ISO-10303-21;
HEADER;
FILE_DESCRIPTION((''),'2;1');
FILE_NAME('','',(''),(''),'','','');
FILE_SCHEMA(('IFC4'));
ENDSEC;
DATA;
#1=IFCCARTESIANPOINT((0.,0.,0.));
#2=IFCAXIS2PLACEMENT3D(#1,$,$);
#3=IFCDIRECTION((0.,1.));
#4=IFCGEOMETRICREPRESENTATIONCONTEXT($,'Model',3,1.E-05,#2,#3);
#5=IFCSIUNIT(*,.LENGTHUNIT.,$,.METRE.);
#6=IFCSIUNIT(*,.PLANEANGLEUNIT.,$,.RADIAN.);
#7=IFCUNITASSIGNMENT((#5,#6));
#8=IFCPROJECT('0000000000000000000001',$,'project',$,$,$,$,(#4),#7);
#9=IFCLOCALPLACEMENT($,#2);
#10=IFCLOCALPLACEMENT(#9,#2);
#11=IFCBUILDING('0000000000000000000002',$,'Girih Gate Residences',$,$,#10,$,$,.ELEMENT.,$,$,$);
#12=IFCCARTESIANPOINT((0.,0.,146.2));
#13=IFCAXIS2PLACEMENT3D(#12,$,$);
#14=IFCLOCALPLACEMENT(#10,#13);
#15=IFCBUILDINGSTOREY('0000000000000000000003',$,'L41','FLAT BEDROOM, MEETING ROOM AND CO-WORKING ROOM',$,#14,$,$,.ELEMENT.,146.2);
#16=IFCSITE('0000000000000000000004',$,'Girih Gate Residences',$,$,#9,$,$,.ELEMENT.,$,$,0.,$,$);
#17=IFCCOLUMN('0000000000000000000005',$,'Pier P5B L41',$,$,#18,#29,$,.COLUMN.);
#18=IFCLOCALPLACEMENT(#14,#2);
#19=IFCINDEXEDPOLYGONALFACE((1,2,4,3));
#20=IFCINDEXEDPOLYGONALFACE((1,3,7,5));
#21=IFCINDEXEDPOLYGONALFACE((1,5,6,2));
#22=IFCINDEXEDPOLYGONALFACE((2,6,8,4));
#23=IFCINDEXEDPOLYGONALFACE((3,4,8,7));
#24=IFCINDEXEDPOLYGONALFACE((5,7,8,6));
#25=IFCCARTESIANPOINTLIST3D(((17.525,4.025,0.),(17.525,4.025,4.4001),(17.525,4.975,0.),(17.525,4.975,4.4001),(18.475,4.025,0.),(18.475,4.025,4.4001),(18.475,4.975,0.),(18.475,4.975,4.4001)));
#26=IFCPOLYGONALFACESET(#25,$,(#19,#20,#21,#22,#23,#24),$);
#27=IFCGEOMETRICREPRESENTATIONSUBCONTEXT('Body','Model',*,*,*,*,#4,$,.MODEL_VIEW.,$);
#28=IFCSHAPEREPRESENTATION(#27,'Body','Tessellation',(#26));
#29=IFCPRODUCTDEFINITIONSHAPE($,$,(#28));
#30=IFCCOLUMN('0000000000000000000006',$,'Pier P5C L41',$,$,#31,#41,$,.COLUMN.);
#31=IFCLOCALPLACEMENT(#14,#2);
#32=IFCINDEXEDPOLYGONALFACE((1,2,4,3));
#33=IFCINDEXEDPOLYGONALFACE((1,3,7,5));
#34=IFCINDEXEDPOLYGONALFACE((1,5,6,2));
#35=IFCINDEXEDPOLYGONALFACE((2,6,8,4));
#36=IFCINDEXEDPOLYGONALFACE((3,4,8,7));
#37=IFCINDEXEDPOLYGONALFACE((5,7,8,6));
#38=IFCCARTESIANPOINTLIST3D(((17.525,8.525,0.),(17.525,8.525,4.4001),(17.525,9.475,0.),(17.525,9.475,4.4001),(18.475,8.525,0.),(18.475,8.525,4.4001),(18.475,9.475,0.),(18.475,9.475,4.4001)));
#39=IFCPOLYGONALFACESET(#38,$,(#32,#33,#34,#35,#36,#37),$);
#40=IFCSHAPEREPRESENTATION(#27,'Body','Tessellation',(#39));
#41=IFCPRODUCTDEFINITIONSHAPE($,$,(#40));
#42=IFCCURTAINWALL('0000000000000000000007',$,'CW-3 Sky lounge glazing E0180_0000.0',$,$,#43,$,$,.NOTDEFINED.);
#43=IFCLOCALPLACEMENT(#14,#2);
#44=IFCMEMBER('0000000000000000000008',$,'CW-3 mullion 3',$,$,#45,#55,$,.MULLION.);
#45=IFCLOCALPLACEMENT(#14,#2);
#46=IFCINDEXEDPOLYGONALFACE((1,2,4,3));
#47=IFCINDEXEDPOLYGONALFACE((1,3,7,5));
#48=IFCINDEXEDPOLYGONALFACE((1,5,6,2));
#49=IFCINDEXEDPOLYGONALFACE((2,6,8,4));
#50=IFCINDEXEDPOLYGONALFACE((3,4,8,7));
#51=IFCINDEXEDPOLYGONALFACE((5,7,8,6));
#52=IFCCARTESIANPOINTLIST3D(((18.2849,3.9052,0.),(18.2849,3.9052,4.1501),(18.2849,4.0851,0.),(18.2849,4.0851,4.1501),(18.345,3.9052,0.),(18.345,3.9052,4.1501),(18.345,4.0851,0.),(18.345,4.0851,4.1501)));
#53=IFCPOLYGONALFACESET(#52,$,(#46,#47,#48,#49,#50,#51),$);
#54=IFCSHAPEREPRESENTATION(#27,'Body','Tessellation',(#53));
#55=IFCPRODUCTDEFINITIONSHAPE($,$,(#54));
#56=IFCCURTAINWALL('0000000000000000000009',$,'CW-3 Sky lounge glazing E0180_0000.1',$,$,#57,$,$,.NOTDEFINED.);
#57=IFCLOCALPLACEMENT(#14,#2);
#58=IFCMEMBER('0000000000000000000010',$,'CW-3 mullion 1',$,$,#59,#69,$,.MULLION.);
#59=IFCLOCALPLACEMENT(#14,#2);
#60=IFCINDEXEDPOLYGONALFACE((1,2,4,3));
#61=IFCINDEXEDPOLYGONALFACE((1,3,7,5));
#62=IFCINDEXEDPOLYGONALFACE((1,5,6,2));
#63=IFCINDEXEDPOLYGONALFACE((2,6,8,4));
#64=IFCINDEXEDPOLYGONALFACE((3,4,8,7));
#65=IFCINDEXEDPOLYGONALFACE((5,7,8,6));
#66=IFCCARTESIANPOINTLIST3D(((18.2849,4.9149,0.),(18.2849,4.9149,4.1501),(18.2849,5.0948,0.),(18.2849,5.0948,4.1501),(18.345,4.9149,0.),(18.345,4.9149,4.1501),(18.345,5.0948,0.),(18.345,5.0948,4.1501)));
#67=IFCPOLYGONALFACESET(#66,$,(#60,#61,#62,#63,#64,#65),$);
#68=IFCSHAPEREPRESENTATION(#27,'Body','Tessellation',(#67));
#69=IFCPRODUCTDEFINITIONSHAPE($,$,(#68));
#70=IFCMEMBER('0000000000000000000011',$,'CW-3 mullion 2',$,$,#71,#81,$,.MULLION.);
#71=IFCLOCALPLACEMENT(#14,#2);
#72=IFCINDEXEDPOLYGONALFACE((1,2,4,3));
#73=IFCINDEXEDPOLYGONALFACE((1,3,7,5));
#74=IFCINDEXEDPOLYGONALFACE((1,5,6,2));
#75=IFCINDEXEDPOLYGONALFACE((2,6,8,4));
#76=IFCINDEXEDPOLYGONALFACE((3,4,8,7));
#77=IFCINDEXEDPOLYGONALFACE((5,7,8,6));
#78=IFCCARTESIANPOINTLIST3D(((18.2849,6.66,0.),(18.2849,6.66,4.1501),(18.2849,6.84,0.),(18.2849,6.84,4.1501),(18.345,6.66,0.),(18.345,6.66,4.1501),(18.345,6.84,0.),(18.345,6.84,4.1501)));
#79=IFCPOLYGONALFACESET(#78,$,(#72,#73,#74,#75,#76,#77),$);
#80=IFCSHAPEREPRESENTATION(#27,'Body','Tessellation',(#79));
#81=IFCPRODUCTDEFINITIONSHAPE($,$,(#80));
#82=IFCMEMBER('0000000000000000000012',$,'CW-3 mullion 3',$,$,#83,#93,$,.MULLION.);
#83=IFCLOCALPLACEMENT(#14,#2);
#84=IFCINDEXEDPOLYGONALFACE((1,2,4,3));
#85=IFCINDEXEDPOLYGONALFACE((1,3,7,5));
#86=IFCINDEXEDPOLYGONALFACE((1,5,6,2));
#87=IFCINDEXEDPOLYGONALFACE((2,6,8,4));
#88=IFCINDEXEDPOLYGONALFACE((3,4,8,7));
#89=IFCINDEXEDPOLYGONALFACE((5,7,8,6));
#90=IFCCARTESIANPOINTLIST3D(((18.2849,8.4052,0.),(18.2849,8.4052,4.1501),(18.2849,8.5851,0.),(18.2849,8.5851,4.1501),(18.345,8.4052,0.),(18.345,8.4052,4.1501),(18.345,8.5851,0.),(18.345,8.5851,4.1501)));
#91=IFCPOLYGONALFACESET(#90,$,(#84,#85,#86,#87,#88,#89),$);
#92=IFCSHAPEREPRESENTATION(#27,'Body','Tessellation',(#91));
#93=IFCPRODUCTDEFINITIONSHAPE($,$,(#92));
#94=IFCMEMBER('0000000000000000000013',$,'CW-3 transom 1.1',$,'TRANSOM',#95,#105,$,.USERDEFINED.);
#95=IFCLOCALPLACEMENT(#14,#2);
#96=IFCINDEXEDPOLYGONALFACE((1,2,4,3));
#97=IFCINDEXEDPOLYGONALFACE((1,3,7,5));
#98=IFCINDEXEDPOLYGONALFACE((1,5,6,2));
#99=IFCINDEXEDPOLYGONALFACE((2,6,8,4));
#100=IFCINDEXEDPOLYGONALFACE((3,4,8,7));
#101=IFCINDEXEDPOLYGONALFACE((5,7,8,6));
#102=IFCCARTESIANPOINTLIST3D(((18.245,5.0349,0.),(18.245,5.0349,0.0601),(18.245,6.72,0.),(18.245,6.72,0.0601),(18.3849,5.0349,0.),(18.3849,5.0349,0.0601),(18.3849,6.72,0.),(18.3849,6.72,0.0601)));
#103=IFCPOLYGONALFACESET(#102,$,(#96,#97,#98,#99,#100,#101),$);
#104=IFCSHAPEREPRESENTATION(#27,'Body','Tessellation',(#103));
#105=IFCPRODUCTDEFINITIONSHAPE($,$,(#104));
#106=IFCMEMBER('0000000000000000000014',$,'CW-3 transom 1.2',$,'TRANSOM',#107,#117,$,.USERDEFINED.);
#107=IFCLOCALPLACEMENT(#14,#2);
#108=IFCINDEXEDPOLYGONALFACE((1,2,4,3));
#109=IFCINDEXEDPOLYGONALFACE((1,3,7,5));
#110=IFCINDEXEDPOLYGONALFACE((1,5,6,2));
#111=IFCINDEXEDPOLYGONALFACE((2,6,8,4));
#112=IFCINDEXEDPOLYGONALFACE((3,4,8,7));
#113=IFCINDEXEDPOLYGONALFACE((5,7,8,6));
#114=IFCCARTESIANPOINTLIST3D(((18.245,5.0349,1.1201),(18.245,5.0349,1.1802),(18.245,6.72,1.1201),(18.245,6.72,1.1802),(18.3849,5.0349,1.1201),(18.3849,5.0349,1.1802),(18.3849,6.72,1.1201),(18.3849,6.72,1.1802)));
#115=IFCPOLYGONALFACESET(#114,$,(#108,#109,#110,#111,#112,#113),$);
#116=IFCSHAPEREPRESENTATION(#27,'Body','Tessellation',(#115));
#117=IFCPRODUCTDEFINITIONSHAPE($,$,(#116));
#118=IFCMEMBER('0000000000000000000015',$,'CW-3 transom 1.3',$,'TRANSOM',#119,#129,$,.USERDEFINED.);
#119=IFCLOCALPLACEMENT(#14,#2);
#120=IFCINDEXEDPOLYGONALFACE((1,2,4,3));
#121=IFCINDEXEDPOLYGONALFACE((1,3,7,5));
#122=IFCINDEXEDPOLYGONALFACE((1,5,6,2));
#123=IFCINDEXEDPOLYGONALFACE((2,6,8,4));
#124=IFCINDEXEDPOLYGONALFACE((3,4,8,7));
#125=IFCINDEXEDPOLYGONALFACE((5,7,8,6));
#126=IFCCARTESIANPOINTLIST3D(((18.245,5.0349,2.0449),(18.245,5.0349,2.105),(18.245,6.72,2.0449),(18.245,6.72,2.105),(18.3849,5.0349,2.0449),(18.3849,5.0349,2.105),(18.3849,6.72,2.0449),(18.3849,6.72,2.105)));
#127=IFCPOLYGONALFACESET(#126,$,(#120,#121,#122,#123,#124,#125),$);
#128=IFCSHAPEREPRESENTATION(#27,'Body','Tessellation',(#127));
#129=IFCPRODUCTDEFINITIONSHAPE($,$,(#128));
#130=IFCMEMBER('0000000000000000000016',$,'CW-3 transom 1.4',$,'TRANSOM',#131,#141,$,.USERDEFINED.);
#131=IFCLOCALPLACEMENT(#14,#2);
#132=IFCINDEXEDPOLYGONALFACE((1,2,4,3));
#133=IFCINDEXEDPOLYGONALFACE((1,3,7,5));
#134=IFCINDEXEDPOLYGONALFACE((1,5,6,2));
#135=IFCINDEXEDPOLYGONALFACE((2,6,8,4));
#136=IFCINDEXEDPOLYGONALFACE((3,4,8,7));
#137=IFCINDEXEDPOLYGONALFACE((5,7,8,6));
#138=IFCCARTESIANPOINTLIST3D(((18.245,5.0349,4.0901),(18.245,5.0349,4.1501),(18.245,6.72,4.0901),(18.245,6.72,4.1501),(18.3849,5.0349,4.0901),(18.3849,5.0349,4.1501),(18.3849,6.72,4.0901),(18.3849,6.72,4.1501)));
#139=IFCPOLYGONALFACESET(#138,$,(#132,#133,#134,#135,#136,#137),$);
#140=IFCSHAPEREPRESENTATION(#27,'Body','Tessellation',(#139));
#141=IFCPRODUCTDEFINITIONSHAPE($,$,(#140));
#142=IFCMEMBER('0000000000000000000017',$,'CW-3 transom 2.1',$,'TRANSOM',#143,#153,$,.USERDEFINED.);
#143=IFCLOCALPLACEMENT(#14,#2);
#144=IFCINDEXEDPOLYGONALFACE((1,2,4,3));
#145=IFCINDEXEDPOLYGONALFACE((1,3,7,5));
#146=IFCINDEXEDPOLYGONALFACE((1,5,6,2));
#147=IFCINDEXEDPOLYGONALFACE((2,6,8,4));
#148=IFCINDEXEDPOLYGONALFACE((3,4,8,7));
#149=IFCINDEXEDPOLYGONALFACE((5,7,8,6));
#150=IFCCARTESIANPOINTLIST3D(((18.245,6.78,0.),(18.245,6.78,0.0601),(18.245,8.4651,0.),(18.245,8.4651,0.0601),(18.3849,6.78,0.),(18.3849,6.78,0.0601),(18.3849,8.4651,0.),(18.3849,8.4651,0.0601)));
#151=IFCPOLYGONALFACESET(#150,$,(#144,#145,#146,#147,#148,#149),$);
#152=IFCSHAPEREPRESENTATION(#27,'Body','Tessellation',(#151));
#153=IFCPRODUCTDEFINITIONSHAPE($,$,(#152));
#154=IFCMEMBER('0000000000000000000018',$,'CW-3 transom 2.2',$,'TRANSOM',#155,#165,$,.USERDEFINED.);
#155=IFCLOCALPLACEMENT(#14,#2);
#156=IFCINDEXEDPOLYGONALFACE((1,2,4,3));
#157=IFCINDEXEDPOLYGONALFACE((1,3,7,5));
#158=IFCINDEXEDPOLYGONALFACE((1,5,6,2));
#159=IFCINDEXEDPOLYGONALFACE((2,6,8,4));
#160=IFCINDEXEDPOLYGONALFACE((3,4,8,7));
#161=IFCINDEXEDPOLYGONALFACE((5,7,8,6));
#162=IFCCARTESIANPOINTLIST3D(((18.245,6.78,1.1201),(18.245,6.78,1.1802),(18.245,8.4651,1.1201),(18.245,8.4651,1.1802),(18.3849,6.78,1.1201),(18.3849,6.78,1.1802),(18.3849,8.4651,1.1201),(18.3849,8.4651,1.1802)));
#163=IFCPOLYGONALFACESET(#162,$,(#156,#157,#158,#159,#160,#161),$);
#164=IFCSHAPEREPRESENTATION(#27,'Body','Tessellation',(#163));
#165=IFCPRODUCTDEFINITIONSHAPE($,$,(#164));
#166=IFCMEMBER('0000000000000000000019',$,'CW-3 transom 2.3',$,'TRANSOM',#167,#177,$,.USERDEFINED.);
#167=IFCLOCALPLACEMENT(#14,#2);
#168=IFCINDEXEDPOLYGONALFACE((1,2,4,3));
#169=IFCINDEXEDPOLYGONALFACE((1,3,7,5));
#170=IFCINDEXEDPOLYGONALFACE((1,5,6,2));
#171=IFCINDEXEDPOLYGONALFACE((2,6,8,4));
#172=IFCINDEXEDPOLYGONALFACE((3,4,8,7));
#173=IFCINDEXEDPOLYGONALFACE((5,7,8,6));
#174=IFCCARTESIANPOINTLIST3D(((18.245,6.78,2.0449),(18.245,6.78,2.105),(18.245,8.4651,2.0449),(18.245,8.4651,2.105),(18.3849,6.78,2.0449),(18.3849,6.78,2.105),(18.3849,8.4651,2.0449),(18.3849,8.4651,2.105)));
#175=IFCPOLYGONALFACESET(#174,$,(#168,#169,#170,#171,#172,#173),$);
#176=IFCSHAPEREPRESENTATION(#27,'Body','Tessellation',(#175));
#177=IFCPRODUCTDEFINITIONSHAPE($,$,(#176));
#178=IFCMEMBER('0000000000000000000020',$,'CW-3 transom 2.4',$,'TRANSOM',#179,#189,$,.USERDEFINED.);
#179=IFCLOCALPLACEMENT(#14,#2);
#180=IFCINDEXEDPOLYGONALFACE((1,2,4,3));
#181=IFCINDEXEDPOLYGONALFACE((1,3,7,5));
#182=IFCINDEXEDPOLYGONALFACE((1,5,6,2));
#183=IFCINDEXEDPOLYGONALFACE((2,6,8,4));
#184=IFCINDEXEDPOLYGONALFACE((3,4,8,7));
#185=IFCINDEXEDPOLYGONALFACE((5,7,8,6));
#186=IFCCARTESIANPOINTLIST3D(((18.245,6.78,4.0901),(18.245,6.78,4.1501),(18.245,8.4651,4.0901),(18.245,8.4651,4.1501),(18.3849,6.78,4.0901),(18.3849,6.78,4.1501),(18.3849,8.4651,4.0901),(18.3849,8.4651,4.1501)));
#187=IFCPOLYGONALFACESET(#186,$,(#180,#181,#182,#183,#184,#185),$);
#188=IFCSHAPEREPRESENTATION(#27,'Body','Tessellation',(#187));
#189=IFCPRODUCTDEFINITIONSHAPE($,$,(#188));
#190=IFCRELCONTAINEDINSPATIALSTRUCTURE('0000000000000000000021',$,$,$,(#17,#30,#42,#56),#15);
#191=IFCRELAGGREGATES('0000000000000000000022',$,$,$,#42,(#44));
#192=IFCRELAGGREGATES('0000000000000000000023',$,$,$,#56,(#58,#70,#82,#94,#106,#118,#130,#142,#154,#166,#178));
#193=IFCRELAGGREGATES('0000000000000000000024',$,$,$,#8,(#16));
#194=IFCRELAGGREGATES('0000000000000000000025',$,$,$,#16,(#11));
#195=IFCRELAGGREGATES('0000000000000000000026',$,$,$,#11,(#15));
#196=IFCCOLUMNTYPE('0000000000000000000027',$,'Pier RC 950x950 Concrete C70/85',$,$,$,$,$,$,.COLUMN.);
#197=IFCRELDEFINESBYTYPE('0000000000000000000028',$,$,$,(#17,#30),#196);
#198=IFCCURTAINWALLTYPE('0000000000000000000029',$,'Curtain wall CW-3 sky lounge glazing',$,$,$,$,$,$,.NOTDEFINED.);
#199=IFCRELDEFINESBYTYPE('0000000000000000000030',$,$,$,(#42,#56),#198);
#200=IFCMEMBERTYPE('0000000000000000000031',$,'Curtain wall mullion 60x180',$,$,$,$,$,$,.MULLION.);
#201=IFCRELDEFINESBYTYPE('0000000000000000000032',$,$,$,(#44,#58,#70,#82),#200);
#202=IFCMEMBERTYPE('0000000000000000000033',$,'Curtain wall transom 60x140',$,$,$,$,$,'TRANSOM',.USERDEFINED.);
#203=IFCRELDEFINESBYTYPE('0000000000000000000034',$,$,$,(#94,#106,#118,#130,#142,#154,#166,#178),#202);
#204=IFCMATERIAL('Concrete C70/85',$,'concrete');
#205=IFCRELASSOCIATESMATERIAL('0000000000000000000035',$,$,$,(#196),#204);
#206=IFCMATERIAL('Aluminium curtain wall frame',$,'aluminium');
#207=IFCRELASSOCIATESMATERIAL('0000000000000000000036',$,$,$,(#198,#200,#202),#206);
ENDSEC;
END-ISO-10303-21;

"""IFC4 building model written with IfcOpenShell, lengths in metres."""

from ifc_helpers import new_model, si_unit, direction, frame, origin, origin_2d, place, context, subcontext, project, spatial, rectangle, extrude, material, material_profile, profile_set, type_object, element, aggregate, save


model = new_model("IFC4")

# Units and contexts
model_context = context("Model", 3, precision=1e-05, world=origin(), true_north=direction((0.0, 1.0)))
body_context = subcontext(model_context, "Body", "Model", "MODEL_VIEW")
ifc_project = project(units=[si_unit("LENGTHUNIT", "METRE"), si_unit("PLANEANGLEUNIT", "RADIAN")], contexts=[model_context])

# Site, building, storey
site_placement = place(None, origin())
site = spatial("IfcSite", under=ifc_project, at=site_placement, Name="Girih Gate Residences", CompositionType="ELEMENT", RefElevation=0.0)
building_placement = place(site_placement, origin())
building = spatial("IfcBuilding", under=site, at=building_placement, Name="Girih Gate Residences", CompositionType="ELEMENT")
storey_placement = place(building_placement, frame((0.0, 0.0, 146.2)))
storey = spatial("IfcBuildingStorey", under=building, at=storey_placement, Name="L41", Description="FLAT BEDROOM, MEETING ROOM AND CO-WORKING ROOM", CompositionType="ELEMENT", Elevation=146.2)

# Columns
ifc_material_1 = material(Name="Concrete C70/85", Category="concrete")
ifc_material_profile_1 = material_profile(ifc_material_1, rectangle(XDim=0.95, YDim=0.95, at=origin_2d()))
ifc_profile_set_1 = profile_set([ifc_material_profile_1], Name="Concrete C70/85")
column_type = type_object("IfcColumnType", Name="Pier RC 950x950 Concrete C70/85", PredefinedType="COLUMN", material=ifc_profile_set_1)
for number, where, z_axis, x_axis, name in (
    (1, (18.0, 4.5, 0.0), (0.0, 0.0, 1.0), (1.0, 0.0, 0.0), "Pier P5B L41"),
    (2, (18.0, 9.0, 0.0), (0.0, 0.0, 1.0), (1.0, 0.0, 0.0), "Pier P5C L41"),
):
    element("IfcColumn", number, at=place(storey_placement, frame(where, z_axis=z_axis, x_axis=x_axis)), inside=storey, type_object=column_type, Name=name, PredefinedType="COLUMN", context=body_context, shape_type="SweptSolid", body=[
        extrude(rectangle(XDim=0.95, YDim=0.95, at=origin_2d()), origin(), (0.0, 0.0, 1.0), 4.4001),
    ])

# Curtain wall, member
ifc_material_2 = material(Name="Aluminium curtain wall frame", Category="aluminium")
curtain_wall_type = type_object("IfcCurtainWallType", Name="Curtain wall CW-3 sky lounge glazing", PredefinedType="NOTDEFINED", material=ifc_material_2)
curtain_wall_1_placement = place(storey_placement, origin())
curtain_wall_1 = element("IfcCurtainWall", 3, at=curtain_wall_1_placement, inside=storey, type_object=curtain_wall_type, Name="CW-3 Sky lounge glazing E0180_0000.0", PredefinedType="NOTDEFINED")
ifc_material_profile_2 = material_profile(ifc_material_2, rectangle(XDim=0.0601, YDim=0.1799, at=origin_2d()))
ifc_profile_set_2 = profile_set([ifc_material_profile_2], Name="Aluminium curtain wall frame")
member_type_1 = type_object("IfcMemberType", Name="Curtain wall mullion 60x180", PredefinedType="MULLION", material=ifc_profile_set_2)
member_1_placement = place(storey_placement, frame((18.3149, 3.9951, 0.0), z_axis=(0.0, 0.0, 1.0), x_axis=(-1.0, 0.0, 0.0)))
member_1 = element("IfcMember", 4, at=member_1_placement, type_object=member_type_1, Name="CW-3 mullion 3", PredefinedType="MULLION", context=body_context, shape_type="SweptSolid", body=[
    extrude(rectangle(XDim=0.0601, YDim=0.1799, at=origin_2d()), origin(), (0.0, 0.0, 1.0), 4.1501),
])
aggregate(curtain_wall_1, [member_1])

# Curtain wall, members
curtain_wall_2_placement = place(storey_placement, origin())
curtain_wall_2 = element("IfcCurtainWall", 5, at=curtain_wall_2_placement, inside=storey, type_object=curtain_wall_type, Name="CW-3 Sky lounge glazing E0180_0000.1", PredefinedType="NOTDEFINED")
member_2_placement = place(storey_placement, frame((18.3149, 5.0049, 0.0), z_axis=(0.0, 0.0, 1.0), x_axis=(-1.0, 0.0, 0.0)))
member_2 = element("IfcMember", 6, at=member_2_placement, type_object=member_type_1, Name="CW-3 mullion 1", PredefinedType="MULLION", context=body_context, shape_type="SweptSolid", body=[
    extrude(rectangle(XDim=0.0601, YDim=0.1799, at=origin_2d()), origin(), (0.0, 0.0, 1.0), 4.1501),
])
member_3_placement = place(storey_placement, frame((18.3149, 6.75, 0.0), z_axis=(0.0, 0.0, 1.0), x_axis=(-1.0, 0.0, 0.0)))
member_3 = element("IfcMember", 7, at=member_3_placement, type_object=member_type_1, Name="CW-3 mullion 2", PredefinedType="MULLION", context=body_context, shape_type="SweptSolid", body=[
    extrude(rectangle(XDim=0.0601, YDim=0.1799, at=origin_2d()), origin(), (0.0, 0.0, 1.0), 4.1501),
])
member_4_placement = place(storey_placement, frame((18.3149, 8.4951, 0.0), z_axis=(0.0, 0.0, 1.0), x_axis=(-1.0, 0.0, 0.0)))
member_4 = element("IfcMember", 8, at=member_4_placement, type_object=member_type_1, Name="CW-3 mullion 3", PredefinedType="MULLION", context=body_context, shape_type="SweptSolid", body=[
    extrude(rectangle(XDim=0.0601, YDim=0.1799, at=origin_2d()), origin(), (0.0, 0.0, 1.0), 4.1501),
])
ifc_material_profile_3 = material_profile(ifc_material_2, rectangle(XDim=0.1399, YDim=0.0601, at=origin_2d()))
ifc_profile_set_3 = profile_set([ifc_material_profile_3], Name="Aluminium curtain wall frame")
member_type_2 = type_object("IfcMemberType", Name="Curtain wall transom 60x140", ElementType="TRANSOM", PredefinedType="USERDEFINED", material=ifc_profile_set_3)
member_5_placement = place(storey_placement, frame((18.3149, 5.0349, 0.03), z_axis=(0.0, 1.0, 0.0), x_axis=(-1.0, 0.0, 0.0)))
member_5 = element("IfcMember", 9, at=member_5_placement, type_object=member_type_2, Name="CW-3 transom 1.1", ObjectType="TRANSOM", PredefinedType="USERDEFINED", context=body_context, shape_type="SweptSolid", body=[
    extrude(rectangle(XDim=0.1399, YDim=0.0601, at=origin_2d()), origin(), (0.0, 0.0, 1.0), 1.6851),
])
member_6_placement = place(storey_placement, frame((18.3149, 5.0349, 1.1501), z_axis=(0.0, 1.0, 0.0), x_axis=(-1.0, 0.0, 0.0)))
member_6 = element("IfcMember", 10, at=member_6_placement, type_object=member_type_2, Name="CW-3 transom 1.2", ObjectType="TRANSOM", PredefinedType="USERDEFINED", context=body_context, shape_type="SweptSolid", body=[
    extrude(rectangle(XDim=0.1399, YDim=0.0601, at=origin_2d()), origin(), (0.0, 0.0, 1.0), 1.6851),
])
member_7_placement = place(storey_placement, frame((18.3149, 5.0349, 2.075), z_axis=(0.0, 1.0, 0.0), x_axis=(-1.0, 0.0, 0.0)))
member_7 = element("IfcMember", 11, at=member_7_placement, type_object=member_type_2, Name="CW-3 transom 1.3", ObjectType="TRANSOM", PredefinedType="USERDEFINED", context=body_context, shape_type="SweptSolid", body=[
    extrude(rectangle(XDim=0.1399, YDim=0.0601, at=origin_2d()), origin(), (0.0, 0.0, 1.0), 1.6851),
])
member_8_placement = place(storey_placement, frame((18.3149, 5.0349, 4.1201), z_axis=(0.0, 1.0, 0.0), x_axis=(-1.0, 0.0, 0.0)))
member_8 = element("IfcMember", 12, at=member_8_placement, type_object=member_type_2, Name="CW-3 transom 1.4", ObjectType="TRANSOM", PredefinedType="USERDEFINED", context=body_context, shape_type="SweptSolid", body=[
    extrude(rectangle(XDim=0.1399, YDim=0.0601, at=origin_2d()), origin(), (0.0, 0.0, 1.0), 1.6851),
])
member_9_placement = place(storey_placement, frame((18.3149, 6.78, 0.03), z_axis=(0.0, 1.0, 0.0), x_axis=(-1.0, 0.0, 0.0)))
member_9 = element("IfcMember", 13, at=member_9_placement, type_object=member_type_2, Name="CW-3 transom 2.1", ObjectType="TRANSOM", PredefinedType="USERDEFINED", context=body_context, shape_type="SweptSolid", body=[
    extrude(rectangle(XDim=0.1399, YDim=0.0601, at=origin_2d()), origin(), (0.0, 0.0, 1.0), 1.6851),
])
member_10_placement = place(storey_placement, frame((18.3149, 6.78, 1.1501), z_axis=(0.0, 1.0, 0.0), x_axis=(-1.0, 0.0, 0.0)))
member_10 = element("IfcMember", 14, at=member_10_placement, type_object=member_type_2, Name="CW-3 transom 2.2", ObjectType="TRANSOM", PredefinedType="USERDEFINED", context=body_context, shape_type="SweptSolid", body=[
    extrude(rectangle(XDim=0.1399, YDim=0.0601, at=origin_2d()), origin(), (0.0, 0.0, 1.0), 1.6851),
])
member_11_placement = place(storey_placement, frame((18.3149, 6.78, 2.075), z_axis=(0.0, 1.0, 0.0), x_axis=(-1.0, 0.0, 0.0)))
member_11 = element("IfcMember", 15, at=member_11_placement, type_object=member_type_2, Name="CW-3 transom 2.3", ObjectType="TRANSOM", PredefinedType="USERDEFINED", context=body_context, shape_type="SweptSolid", body=[
    extrude(rectangle(XDim=0.1399, YDim=0.0601, at=origin_2d()), origin(), (0.0, 0.0, 1.0), 1.6851),
])
member_12_placement = place(storey_placement, frame((18.3149, 6.78, 4.1201), z_axis=(0.0, 1.0, 0.0), x_axis=(-1.0, 0.0, 0.0)))
member_12 = element("IfcMember", 16, at=member_12_placement, type_object=member_type_2, Name="CW-3 transom 2.4", ObjectType="TRANSOM", PredefinedType="USERDEFINED", context=body_context, shape_type="SweptSolid", body=[
    extrude(rectangle(XDim=0.1399, YDim=0.0601, at=origin_2d()), origin(), (0.0, 0.0, 1.0), 1.6851),
])

aggregate(curtain_wall_2, [member_2, member_3, member_4, member_5, member_6, member_7, member_8, member_9, member_10, member_11, member_12])

save(model, "model.ifc")
